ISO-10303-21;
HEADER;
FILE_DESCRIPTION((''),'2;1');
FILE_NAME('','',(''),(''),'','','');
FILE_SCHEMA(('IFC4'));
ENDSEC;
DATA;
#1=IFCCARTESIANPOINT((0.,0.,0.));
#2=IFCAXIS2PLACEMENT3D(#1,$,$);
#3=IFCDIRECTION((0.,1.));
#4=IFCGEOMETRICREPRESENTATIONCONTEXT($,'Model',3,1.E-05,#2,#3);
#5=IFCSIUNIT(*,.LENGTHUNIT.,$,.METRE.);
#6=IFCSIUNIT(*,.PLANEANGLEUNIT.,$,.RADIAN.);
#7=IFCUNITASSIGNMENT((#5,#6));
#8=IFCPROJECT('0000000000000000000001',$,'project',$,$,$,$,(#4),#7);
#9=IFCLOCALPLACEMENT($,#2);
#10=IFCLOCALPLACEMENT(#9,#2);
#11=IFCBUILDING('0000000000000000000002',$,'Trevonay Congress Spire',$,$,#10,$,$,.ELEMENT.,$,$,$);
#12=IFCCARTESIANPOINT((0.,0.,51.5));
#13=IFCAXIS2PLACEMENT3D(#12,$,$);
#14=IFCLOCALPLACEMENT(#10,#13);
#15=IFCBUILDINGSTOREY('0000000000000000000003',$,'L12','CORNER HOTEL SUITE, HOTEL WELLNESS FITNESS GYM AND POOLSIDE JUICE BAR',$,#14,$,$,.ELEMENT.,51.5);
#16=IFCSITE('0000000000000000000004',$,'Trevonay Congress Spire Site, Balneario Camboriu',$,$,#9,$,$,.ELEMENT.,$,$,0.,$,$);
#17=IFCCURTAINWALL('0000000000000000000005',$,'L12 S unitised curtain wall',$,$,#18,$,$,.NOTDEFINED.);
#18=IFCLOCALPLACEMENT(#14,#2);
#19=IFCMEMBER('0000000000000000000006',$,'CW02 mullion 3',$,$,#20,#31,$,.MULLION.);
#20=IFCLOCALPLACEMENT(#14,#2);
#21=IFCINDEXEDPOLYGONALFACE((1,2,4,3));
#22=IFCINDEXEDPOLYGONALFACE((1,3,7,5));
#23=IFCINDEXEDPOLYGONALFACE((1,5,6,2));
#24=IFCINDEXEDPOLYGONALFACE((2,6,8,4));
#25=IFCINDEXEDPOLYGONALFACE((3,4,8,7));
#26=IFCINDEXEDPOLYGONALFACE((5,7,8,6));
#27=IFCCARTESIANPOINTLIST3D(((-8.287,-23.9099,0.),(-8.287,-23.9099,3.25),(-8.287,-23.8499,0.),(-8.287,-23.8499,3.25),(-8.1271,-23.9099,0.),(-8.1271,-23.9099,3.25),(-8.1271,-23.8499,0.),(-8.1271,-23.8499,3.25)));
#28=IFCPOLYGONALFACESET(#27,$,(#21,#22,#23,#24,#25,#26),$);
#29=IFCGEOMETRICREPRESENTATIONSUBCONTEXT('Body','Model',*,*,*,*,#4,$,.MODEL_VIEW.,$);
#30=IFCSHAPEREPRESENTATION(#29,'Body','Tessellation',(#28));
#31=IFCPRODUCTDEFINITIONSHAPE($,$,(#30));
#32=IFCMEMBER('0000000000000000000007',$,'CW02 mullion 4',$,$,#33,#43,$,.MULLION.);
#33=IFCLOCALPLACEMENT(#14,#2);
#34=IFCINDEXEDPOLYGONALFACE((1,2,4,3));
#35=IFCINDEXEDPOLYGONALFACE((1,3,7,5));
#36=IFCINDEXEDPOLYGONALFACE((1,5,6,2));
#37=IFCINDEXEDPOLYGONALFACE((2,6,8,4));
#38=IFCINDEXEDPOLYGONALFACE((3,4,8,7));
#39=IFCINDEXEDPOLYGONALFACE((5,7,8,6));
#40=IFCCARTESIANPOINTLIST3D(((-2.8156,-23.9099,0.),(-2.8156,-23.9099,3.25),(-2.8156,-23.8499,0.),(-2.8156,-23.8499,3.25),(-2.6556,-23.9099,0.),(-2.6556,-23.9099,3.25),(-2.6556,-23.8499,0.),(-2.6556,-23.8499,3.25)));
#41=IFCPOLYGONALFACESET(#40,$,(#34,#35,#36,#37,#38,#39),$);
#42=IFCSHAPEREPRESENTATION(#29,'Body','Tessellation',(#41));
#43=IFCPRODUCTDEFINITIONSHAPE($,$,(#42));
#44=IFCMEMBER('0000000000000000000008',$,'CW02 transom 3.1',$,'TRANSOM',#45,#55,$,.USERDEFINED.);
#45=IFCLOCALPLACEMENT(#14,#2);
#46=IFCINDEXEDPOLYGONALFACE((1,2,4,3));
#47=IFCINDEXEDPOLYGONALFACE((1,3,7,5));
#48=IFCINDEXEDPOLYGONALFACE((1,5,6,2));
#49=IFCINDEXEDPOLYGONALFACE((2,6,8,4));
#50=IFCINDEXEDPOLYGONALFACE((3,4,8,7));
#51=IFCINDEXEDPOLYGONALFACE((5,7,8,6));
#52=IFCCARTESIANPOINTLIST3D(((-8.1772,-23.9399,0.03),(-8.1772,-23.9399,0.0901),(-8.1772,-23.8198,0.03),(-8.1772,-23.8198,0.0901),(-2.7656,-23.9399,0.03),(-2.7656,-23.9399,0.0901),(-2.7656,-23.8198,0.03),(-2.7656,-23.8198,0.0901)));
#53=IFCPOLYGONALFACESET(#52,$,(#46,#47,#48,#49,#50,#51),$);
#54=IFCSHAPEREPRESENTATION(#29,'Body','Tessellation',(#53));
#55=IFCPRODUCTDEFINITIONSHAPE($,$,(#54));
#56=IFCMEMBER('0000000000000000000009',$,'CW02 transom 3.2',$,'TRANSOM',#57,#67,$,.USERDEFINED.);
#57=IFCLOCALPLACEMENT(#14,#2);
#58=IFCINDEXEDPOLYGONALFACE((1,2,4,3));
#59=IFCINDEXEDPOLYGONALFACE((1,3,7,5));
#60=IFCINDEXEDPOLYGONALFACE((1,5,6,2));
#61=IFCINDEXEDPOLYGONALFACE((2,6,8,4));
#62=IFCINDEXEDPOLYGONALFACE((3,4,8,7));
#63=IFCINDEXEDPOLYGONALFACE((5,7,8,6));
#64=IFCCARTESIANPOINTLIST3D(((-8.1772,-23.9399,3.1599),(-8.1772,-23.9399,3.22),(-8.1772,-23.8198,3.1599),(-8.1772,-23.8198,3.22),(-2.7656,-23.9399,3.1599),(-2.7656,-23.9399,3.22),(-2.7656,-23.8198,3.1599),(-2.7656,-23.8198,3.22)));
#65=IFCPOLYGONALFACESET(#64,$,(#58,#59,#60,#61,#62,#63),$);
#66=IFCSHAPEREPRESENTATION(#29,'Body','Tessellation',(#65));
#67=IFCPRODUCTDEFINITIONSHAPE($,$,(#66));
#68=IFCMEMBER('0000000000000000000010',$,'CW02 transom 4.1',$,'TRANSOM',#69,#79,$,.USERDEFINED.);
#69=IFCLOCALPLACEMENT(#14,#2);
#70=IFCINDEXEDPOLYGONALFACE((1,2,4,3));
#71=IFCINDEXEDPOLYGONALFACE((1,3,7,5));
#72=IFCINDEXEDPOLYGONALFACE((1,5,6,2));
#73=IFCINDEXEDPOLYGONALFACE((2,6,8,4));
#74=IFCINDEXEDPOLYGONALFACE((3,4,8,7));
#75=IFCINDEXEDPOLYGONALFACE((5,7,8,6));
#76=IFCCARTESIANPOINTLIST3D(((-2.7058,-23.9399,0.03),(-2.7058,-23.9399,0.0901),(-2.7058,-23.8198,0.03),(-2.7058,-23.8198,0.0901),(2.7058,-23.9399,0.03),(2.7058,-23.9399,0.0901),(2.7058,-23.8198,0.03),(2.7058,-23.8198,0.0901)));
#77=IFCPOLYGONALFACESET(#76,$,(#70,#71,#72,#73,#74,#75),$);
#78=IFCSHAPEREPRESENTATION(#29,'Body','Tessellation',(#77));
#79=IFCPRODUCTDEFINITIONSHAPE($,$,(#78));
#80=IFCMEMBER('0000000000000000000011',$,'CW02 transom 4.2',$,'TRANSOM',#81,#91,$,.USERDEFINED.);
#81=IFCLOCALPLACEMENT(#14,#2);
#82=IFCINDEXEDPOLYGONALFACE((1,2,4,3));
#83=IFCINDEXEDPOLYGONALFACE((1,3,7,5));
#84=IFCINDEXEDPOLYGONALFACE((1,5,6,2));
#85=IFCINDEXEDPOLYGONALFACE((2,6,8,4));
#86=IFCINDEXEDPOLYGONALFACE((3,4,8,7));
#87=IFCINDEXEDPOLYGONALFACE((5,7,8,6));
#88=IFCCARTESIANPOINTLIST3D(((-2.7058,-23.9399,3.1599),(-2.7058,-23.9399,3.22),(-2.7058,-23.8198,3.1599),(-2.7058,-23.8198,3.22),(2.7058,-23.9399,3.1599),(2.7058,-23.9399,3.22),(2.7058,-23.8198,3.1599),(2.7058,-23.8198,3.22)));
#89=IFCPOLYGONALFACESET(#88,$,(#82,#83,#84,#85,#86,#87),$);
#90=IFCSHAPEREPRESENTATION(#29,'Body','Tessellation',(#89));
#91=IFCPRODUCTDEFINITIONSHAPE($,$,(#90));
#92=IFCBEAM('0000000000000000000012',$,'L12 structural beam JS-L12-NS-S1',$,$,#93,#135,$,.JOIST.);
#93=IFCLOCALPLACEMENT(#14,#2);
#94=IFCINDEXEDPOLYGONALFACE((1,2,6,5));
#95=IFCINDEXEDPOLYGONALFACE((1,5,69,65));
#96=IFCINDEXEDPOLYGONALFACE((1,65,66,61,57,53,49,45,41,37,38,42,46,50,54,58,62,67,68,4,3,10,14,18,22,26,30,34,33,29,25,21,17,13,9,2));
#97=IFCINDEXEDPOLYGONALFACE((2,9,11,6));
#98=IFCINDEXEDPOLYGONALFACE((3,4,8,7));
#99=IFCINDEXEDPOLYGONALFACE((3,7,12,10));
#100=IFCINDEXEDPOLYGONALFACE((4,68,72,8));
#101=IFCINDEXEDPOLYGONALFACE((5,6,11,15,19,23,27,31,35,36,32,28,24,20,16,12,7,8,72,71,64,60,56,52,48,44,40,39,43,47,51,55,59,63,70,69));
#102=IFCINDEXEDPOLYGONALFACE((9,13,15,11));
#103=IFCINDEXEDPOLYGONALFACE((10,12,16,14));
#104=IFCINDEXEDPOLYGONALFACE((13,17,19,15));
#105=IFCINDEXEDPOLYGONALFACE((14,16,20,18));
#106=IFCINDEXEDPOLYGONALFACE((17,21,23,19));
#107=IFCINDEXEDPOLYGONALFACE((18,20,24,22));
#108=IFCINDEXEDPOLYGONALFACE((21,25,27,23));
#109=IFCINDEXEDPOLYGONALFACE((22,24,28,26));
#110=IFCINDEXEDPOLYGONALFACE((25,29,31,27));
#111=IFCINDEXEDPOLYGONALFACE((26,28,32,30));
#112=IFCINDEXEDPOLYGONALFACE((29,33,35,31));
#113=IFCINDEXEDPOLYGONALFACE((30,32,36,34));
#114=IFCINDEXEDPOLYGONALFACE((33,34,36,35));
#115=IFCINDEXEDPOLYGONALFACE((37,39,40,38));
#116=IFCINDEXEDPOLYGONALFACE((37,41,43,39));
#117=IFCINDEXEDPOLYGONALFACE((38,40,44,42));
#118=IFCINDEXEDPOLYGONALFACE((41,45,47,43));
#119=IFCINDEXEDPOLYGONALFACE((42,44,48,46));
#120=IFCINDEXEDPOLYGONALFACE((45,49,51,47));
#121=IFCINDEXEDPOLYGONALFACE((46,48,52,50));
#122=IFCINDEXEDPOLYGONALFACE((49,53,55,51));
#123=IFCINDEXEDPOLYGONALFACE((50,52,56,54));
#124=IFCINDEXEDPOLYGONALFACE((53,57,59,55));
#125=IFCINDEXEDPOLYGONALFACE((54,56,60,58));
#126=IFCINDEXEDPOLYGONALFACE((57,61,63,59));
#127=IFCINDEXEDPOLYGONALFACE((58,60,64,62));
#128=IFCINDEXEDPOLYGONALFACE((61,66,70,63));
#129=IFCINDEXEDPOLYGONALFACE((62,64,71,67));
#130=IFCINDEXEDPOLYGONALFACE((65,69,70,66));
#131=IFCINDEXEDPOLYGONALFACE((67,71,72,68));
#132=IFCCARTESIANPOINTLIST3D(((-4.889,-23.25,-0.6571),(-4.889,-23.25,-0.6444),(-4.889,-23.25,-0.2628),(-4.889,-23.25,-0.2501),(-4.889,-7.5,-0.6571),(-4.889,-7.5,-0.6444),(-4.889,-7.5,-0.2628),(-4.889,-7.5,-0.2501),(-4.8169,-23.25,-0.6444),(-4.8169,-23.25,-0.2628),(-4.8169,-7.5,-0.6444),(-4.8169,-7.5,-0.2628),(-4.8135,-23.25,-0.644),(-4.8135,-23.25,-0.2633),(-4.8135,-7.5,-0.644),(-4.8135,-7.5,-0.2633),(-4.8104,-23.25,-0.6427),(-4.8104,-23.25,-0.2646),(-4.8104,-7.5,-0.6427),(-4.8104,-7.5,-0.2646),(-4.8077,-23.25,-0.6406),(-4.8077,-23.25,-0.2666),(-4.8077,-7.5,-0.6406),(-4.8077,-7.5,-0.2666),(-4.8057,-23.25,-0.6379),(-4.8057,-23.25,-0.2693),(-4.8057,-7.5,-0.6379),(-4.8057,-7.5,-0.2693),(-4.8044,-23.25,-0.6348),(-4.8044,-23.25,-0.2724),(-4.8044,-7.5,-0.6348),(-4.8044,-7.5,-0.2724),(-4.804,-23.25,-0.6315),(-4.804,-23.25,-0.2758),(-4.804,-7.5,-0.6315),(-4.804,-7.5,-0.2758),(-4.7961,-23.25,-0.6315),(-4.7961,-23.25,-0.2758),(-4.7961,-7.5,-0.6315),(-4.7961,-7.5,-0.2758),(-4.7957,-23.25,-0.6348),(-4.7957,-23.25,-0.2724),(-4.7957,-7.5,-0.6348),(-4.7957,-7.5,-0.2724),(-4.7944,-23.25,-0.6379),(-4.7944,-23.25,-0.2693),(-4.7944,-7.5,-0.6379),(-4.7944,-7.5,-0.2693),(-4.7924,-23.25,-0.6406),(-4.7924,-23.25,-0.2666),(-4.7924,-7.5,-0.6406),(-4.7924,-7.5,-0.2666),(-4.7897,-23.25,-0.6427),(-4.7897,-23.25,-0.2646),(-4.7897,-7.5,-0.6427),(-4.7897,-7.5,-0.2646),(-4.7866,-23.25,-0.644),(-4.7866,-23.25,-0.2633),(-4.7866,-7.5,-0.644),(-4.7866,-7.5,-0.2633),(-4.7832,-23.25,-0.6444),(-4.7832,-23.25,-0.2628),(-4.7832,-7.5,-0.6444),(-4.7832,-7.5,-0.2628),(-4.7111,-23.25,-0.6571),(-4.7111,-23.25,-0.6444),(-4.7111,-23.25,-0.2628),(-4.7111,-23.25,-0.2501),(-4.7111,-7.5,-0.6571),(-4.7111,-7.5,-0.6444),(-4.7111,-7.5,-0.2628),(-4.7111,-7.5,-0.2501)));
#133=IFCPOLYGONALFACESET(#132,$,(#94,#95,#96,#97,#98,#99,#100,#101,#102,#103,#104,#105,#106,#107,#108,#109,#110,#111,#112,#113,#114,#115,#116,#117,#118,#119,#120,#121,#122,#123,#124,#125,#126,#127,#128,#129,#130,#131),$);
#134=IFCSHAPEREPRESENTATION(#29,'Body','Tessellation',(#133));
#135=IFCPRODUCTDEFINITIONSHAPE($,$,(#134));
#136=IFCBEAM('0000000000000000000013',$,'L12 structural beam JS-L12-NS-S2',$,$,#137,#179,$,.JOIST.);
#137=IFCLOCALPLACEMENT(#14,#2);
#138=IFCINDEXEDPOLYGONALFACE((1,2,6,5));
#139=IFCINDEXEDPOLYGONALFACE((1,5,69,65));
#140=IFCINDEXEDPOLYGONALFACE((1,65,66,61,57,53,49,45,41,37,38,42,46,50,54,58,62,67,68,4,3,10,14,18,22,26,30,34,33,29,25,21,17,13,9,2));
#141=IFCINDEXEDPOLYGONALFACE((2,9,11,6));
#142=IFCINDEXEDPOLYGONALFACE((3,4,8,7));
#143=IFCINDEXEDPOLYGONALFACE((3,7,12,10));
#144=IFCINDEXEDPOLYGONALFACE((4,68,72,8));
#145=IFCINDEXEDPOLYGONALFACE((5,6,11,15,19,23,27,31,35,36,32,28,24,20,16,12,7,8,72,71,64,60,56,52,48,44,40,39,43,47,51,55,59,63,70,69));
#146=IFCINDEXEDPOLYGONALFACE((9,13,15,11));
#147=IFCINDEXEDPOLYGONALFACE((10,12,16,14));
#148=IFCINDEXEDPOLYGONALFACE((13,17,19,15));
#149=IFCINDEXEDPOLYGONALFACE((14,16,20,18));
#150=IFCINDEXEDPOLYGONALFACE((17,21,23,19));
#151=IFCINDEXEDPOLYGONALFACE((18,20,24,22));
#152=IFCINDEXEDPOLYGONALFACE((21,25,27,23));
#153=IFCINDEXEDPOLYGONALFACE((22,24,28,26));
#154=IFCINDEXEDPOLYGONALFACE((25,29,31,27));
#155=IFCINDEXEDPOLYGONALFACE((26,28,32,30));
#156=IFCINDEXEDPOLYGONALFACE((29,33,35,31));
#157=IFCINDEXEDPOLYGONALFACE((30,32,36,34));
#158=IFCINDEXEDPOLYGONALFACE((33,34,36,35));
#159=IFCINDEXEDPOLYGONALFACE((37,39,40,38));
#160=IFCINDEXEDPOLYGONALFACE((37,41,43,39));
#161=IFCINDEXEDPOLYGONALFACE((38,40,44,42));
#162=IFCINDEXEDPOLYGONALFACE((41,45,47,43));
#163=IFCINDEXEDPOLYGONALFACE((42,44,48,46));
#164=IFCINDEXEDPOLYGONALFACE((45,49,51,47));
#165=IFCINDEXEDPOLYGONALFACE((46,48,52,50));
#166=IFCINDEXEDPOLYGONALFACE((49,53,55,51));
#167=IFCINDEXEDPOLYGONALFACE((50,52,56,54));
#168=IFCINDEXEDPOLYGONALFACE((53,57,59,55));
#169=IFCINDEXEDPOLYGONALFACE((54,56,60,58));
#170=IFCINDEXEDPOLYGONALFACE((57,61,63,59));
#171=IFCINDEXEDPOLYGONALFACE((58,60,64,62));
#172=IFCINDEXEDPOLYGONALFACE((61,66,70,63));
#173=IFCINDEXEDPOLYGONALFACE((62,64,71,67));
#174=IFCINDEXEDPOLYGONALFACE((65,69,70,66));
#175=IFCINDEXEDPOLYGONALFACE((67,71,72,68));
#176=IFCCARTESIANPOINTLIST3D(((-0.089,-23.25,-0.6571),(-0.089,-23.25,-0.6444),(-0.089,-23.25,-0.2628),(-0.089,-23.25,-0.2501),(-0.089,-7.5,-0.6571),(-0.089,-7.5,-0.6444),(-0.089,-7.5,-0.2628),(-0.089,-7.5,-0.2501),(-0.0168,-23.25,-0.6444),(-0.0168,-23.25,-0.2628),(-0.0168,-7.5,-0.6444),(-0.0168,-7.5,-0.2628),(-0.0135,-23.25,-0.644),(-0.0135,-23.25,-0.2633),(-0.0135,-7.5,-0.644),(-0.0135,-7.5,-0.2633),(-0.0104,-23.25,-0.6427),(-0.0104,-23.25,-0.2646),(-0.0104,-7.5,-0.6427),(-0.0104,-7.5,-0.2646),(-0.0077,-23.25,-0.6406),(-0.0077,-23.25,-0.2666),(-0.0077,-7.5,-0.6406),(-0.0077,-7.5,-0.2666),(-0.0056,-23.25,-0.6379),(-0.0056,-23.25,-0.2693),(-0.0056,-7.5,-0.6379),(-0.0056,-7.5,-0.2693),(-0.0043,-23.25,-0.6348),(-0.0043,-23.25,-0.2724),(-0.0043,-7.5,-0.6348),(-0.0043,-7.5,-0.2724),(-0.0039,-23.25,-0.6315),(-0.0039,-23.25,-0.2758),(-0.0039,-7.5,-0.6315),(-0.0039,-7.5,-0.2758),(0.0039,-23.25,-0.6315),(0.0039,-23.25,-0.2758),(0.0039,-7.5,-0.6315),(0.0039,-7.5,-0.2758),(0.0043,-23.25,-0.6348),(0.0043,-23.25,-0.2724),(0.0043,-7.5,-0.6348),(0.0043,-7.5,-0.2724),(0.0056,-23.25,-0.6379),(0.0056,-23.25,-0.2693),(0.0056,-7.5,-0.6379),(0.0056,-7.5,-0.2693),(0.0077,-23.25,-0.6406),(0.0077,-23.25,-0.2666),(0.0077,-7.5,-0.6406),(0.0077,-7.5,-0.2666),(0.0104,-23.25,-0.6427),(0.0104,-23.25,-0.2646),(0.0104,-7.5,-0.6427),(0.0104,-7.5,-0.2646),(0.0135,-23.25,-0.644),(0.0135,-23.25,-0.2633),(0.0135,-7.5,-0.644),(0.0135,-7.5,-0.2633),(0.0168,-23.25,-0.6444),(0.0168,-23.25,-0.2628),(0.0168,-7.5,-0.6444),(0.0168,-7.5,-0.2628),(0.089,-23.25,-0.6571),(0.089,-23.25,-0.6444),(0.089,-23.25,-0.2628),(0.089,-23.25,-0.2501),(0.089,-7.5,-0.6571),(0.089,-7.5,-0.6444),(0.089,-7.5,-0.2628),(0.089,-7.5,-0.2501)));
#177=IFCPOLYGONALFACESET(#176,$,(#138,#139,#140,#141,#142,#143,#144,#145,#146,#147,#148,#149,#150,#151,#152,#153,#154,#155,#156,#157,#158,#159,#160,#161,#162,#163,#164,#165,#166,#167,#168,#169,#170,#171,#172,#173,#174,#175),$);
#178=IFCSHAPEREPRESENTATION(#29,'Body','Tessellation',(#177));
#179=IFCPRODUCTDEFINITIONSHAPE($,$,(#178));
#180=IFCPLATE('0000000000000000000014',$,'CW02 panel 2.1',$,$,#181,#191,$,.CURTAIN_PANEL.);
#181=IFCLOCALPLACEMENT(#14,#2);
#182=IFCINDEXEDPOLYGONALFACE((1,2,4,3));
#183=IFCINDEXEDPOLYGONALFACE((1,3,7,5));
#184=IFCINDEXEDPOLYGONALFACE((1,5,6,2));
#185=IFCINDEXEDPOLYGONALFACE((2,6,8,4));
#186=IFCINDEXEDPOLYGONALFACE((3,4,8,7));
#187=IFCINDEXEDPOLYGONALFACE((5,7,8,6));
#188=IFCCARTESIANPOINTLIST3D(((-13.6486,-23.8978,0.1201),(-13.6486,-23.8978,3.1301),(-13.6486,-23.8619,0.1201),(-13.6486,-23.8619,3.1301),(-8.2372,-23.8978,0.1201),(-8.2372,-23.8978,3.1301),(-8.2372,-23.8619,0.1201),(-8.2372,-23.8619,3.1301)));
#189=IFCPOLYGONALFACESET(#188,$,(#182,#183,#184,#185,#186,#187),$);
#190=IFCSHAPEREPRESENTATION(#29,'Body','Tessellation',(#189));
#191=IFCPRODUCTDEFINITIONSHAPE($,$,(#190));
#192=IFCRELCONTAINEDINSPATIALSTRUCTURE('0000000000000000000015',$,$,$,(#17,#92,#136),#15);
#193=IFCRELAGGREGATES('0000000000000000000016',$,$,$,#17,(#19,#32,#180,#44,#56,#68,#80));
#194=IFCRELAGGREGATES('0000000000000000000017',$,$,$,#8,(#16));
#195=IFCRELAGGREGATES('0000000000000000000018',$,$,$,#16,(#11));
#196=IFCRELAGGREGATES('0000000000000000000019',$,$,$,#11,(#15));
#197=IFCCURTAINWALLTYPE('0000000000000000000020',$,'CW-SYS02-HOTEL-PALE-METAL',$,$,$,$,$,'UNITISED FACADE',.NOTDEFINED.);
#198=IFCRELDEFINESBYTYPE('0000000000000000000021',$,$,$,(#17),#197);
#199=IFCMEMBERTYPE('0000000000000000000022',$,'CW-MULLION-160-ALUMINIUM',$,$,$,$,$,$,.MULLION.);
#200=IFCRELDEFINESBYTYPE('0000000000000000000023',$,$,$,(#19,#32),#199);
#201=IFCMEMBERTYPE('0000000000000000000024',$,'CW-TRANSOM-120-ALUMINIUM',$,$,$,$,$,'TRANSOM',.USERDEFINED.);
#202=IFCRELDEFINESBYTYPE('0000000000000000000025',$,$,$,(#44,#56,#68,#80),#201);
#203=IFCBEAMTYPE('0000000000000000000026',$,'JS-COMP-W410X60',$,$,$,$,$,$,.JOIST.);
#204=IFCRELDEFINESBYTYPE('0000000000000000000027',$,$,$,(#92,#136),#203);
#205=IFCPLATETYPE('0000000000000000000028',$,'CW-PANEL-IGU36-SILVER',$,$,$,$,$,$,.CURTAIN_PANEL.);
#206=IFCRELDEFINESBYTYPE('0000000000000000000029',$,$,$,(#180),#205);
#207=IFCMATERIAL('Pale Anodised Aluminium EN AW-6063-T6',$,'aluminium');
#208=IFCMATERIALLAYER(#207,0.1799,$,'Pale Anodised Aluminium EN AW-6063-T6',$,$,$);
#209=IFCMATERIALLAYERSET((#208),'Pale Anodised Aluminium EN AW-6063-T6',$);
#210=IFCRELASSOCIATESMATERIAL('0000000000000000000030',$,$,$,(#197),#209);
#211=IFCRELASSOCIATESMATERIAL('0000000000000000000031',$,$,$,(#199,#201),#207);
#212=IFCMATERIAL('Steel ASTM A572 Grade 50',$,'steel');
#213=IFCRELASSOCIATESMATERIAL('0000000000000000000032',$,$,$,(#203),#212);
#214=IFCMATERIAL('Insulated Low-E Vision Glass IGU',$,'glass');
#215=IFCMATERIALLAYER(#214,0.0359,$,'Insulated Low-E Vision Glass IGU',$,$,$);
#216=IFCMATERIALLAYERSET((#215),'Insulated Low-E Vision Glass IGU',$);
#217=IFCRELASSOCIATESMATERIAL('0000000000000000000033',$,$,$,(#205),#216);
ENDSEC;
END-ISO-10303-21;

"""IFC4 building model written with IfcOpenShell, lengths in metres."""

from ifc_helpers import new_model, si_unit, direction, frame, origin, origin_2d, place, context, subcontext, project, spatial, rectangle, i_section, extrude, material, layer, layer_set, material_profile, profile_set, type_object, element, aggregate, save


model = new_model("IFC4")

# Units and contexts
model_context = context("Model", 3, precision=1e-05, world=origin(), true_north=direction((0.0, 1.0)))
body_context = subcontext(model_context, "Body", "Model", "MODEL_VIEW")
ifc_project = project(units=[si_unit("LENGTHUNIT", "METRE"), si_unit("PLANEANGLEUNIT", "RADIAN")], contexts=[model_context])

# Site, building, storey
site_placement = place(None, origin())
site = spatial("IfcSite", under=ifc_project, at=site_placement, Name="Trevonay Congress Spire Site, Balneario Camboriu", CompositionType="ELEMENT", RefElevation=0.0)
building_placement = place(site_placement, origin())
building = spatial("IfcBuilding", under=site, at=building_placement, Name="Trevonay Congress Spire", CompositionType="ELEMENT")
storey_placement = place(building_placement, frame((0.0, 0.0, 51.5)))
storey = spatial("IfcBuildingStorey", under=building, at=storey_placement, Name="L12", Description="CORNER HOTEL SUITE, HOTEL WELLNESS FITNESS GYM AND POOLSIDE JUICE BAR", CompositionType="ELEMENT", Elevation=51.5)

# Shared definitions
ifc_material_1 = material(Name="Steel ASTM A572 Grade 50", Category="steel")

# Curtain wall, members
ifc_material_2 = material(Name="Pale Anodised Aluminium EN AW-6063-T6", Category="aluminium")
ifc_layer_1 = layer(ifc_material_2, 0.1799, Name="Pale Anodised Aluminium EN AW-6063-T6")
ifc_layer_set_1 = layer_set([ifc_layer_1], Name="Pale Anodised Aluminium EN AW-6063-T6")
curtain_wall_type = type_object("IfcCurtainWallType", Name="CW-SYS02-HOTEL-PALE-METAL", ElementType="UNITISED FACADE", PredefinedType="NOTDEFINED", material=ifc_layer_set_1)
curtain_wall_placement = place(storey_placement, origin())
curtain_wall = element("IfcCurtainWall", 1, at=curtain_wall_placement, inside=storey, type_object=curtain_wall_type, Name="L12 S unitised curtain wall", PredefinedType="NOTDEFINED")
ifc_material_profile_1 = material_profile(ifc_material_2, rectangle(XDim=0.0601, YDim=0.1599, at=origin_2d()), Name="CW-MULLION-160-ALUMINIUM")
ifc_profile_set_1 = profile_set([ifc_material_profile_1], Name="Pale Anodised Aluminium EN AW-6063-T6")
member_type_1 = type_object("IfcMemberType", Name="CW-MULLION-160-ALUMINIUM", PredefinedType="MULLION", material=ifc_profile_set_1)
member_1_placement = place(storey_placement, frame((-8.207, -23.8799, 0.0), z_axis=(0.0, 0.0, 1.0), x_axis=(0.0, 1.0, 0.0)))
member_1 = element("IfcMember", 2, at=member_1_placement, type_object=member_type_1, Name="CW02 mullion 3", PredefinedType="MULLION", context=body_context, shape_type="SweptSolid", body=[
    extrude(rectangle(XDim=0.0601, YDim=0.1599, at=origin_2d()), origin(), (0.0, 0.0, 1.0), 3.25),
])
member_2_placement = place(storey_placement, frame((-2.7356, -23.8799, 0.0), z_axis=(0.0, 0.0, 1.0), x_axis=(0.0, 1.0, 0.0)))
member_2 = element("IfcMember", 3, at=member_2_placement, type_object=member_type_1, Name="CW02 mullion 4", PredefinedType="MULLION", context=body_context, shape_type="SweptSolid", body=[
    extrude(rectangle(XDim=0.0601, YDim=0.1599, at=origin_2d()), origin(), (0.0, 0.0, 1.0), 3.25),
])
ifc_material_profile_2 = material_profile(ifc_material_2, rectangle(XDim=0.1201, YDim=0.0601, at=origin_2d()), Name="CW-TRANSOM-120-ALUMINIUM")
ifc_profile_set_2 = profile_set([ifc_material_profile_2], Name="Pale Anodised Aluminium EN AW-6063-T6")
member_type_2 = type_object("IfcMemberType", Name="CW-TRANSOM-120-ALUMINIUM", ElementType="TRANSOM", PredefinedType="USERDEFINED", material=ifc_profile_set_2)
member_3_placement = place(storey_placement, frame((-8.1772, -23.8799, 0.0601), z_axis=(1.0, 0.0, 0.0), x_axis=(0.0, 1.0, 0.0)))
member_3 = element("IfcMember", 4, at=member_3_placement, type_object=member_type_2, Name="CW02 transom 3.1", ObjectType="TRANSOM", PredefinedType="USERDEFINED", context=body_context, shape_type="SweptSolid", body=[
    extrude(rectangle(XDim=0.1201, YDim=0.0601, at=origin_2d()), origin(), (0.0, 0.0, 1.0), 5.4116),
])
member_4_placement = place(storey_placement, frame((-8.1772, -23.8799, 3.1899), z_axis=(1.0, 0.0, 0.0), x_axis=(0.0, 1.0, 0.0)))
member_4 = element("IfcMember", 5, at=member_4_placement, type_object=member_type_2, Name="CW02 transom 3.2", ObjectType="TRANSOM", PredefinedType="USERDEFINED", context=body_context, shape_type="SweptSolid", body=[
    extrude(rectangle(XDim=0.1201, YDim=0.0601, at=origin_2d()), origin(), (0.0, 0.0, 1.0), 5.4116),
])
member_5_placement = place(storey_placement, frame((-2.7058, -23.8799, 0.0601), z_axis=(1.0, 0.0, 0.0), x_axis=(0.0, 1.0, 0.0)))
member_5 = element("IfcMember", 6, at=member_5_placement, type_object=member_type_2, Name="CW02 transom 4.1", ObjectType="TRANSOM", PredefinedType="USERDEFINED", context=body_context, shape_type="SweptSolid", body=[
    extrude(rectangle(XDim=0.1201, YDim=0.0601, at=origin_2d()), origin(), (0.0, 0.0, 1.0), 5.4116),
])
member_6_placement = place(storey_placement, frame((-2.7058, -23.8799, 3.1899), z_axis=(1.0, 0.0, 0.0), x_axis=(0.0, 1.0, 0.0)))
member_6 = element("IfcMember", 7, at=member_6_placement, type_object=member_type_2, Name="CW02 transom 4.2", ObjectType="TRANSOM", PredefinedType="USERDEFINED", context=body_context, shape_type="SweptSolid", body=[
    extrude(rectangle(XDim=0.1201, YDim=0.0601, at=origin_2d()), origin(), (0.0, 0.0, 1.0), 5.4116),
])

# Beams
ifc_material_profile_3 = material_profile(ifc_material_1, i_section(OverallWidth=0.178, OverallDepth=0.407, WebThickness=0.0078, FlangeThickness=0.0127, FilletRadius=0.0129, at=origin_2d()), Name="W410x60")
ifc_profile_set_3 = profile_set([ifc_material_profile_3], Name="Steel ASTM A572 Grade 50")
beam_type_1 = type_object("IfcBeamType", Name="JS-COMP-W410X60", PredefinedType="JOIST", material=ifc_profile_set_3)
for number, where, z_axis, x_axis, name in (
    (8, (-4.8, -23.25, -0.4536), (0.0, 1.0, 0.0), (-1.0, 0.0, 0.0), "L12 structural beam JS-L12-NS-S1"),
    (9, (0.0, -23.25, -0.4536), (0.0, 1.0, 0.0), (-1.0, 0.0, 0.0), "L12 structural beam JS-L12-NS-S2"),
):
    element("IfcBeam", number, at=place(storey_placement, frame(where, z_axis=z_axis, x_axis=x_axis)), inside=storey, type_object=beam_type_1, Name=name, PredefinedType="JOIST", context=body_context, shape_type="SweptSolid", body=[
        extrude(i_section(OverallWidth=0.178, OverallDepth=0.407, WebThickness=0.0078, FlangeThickness=0.0127, FilletRadius=0.0129, at=origin_2d()), origin(), (0.0, 0.0, 1.0), 15.75),
    ])

# Plate
ifc_material_3 = material(Name="Insulated Low-E Vision Glass IGU", Category="glass")
ifc_layer_2 = layer(ifc_material_3, 0.0359, Name="Insulated Low-E Vision Glass IGU")
ifc_layer_set_2 = layer_set([ifc_layer_2], Name="Insulated Low-E Vision Glass IGU")
plate_type = type_object("IfcPlateType", Name="CW-PANEL-IGU36-SILVER", PredefinedType="CURTAIN_PANEL", material=ifc_layer_set_2)
plate_1_placement = place(storey_placement, frame((-10.9429, -23.8799, 0.1201), z_axis=(0.0, 0.0, 1.0), x_axis=(1.0, 0.0, 0.0)))
plate_1 = element("IfcPlate", 10, at=plate_1_placement, type_object=plate_type, Name="CW02 panel 2.1", PredefinedType="CURTAIN_PANEL", context=body_context, shape_type="SweptSolid", body=[
    extrude(rectangle(XDim=5.4114, YDim=0.0359, at=origin_2d()), origin(), (0.0, 0.0, 1.0), 3.01),
])
aggregate(curtain_wall, [member_1, member_2, plate_1, member_3, member_4, member_5, member_6])

save(model, "model.ifc")
